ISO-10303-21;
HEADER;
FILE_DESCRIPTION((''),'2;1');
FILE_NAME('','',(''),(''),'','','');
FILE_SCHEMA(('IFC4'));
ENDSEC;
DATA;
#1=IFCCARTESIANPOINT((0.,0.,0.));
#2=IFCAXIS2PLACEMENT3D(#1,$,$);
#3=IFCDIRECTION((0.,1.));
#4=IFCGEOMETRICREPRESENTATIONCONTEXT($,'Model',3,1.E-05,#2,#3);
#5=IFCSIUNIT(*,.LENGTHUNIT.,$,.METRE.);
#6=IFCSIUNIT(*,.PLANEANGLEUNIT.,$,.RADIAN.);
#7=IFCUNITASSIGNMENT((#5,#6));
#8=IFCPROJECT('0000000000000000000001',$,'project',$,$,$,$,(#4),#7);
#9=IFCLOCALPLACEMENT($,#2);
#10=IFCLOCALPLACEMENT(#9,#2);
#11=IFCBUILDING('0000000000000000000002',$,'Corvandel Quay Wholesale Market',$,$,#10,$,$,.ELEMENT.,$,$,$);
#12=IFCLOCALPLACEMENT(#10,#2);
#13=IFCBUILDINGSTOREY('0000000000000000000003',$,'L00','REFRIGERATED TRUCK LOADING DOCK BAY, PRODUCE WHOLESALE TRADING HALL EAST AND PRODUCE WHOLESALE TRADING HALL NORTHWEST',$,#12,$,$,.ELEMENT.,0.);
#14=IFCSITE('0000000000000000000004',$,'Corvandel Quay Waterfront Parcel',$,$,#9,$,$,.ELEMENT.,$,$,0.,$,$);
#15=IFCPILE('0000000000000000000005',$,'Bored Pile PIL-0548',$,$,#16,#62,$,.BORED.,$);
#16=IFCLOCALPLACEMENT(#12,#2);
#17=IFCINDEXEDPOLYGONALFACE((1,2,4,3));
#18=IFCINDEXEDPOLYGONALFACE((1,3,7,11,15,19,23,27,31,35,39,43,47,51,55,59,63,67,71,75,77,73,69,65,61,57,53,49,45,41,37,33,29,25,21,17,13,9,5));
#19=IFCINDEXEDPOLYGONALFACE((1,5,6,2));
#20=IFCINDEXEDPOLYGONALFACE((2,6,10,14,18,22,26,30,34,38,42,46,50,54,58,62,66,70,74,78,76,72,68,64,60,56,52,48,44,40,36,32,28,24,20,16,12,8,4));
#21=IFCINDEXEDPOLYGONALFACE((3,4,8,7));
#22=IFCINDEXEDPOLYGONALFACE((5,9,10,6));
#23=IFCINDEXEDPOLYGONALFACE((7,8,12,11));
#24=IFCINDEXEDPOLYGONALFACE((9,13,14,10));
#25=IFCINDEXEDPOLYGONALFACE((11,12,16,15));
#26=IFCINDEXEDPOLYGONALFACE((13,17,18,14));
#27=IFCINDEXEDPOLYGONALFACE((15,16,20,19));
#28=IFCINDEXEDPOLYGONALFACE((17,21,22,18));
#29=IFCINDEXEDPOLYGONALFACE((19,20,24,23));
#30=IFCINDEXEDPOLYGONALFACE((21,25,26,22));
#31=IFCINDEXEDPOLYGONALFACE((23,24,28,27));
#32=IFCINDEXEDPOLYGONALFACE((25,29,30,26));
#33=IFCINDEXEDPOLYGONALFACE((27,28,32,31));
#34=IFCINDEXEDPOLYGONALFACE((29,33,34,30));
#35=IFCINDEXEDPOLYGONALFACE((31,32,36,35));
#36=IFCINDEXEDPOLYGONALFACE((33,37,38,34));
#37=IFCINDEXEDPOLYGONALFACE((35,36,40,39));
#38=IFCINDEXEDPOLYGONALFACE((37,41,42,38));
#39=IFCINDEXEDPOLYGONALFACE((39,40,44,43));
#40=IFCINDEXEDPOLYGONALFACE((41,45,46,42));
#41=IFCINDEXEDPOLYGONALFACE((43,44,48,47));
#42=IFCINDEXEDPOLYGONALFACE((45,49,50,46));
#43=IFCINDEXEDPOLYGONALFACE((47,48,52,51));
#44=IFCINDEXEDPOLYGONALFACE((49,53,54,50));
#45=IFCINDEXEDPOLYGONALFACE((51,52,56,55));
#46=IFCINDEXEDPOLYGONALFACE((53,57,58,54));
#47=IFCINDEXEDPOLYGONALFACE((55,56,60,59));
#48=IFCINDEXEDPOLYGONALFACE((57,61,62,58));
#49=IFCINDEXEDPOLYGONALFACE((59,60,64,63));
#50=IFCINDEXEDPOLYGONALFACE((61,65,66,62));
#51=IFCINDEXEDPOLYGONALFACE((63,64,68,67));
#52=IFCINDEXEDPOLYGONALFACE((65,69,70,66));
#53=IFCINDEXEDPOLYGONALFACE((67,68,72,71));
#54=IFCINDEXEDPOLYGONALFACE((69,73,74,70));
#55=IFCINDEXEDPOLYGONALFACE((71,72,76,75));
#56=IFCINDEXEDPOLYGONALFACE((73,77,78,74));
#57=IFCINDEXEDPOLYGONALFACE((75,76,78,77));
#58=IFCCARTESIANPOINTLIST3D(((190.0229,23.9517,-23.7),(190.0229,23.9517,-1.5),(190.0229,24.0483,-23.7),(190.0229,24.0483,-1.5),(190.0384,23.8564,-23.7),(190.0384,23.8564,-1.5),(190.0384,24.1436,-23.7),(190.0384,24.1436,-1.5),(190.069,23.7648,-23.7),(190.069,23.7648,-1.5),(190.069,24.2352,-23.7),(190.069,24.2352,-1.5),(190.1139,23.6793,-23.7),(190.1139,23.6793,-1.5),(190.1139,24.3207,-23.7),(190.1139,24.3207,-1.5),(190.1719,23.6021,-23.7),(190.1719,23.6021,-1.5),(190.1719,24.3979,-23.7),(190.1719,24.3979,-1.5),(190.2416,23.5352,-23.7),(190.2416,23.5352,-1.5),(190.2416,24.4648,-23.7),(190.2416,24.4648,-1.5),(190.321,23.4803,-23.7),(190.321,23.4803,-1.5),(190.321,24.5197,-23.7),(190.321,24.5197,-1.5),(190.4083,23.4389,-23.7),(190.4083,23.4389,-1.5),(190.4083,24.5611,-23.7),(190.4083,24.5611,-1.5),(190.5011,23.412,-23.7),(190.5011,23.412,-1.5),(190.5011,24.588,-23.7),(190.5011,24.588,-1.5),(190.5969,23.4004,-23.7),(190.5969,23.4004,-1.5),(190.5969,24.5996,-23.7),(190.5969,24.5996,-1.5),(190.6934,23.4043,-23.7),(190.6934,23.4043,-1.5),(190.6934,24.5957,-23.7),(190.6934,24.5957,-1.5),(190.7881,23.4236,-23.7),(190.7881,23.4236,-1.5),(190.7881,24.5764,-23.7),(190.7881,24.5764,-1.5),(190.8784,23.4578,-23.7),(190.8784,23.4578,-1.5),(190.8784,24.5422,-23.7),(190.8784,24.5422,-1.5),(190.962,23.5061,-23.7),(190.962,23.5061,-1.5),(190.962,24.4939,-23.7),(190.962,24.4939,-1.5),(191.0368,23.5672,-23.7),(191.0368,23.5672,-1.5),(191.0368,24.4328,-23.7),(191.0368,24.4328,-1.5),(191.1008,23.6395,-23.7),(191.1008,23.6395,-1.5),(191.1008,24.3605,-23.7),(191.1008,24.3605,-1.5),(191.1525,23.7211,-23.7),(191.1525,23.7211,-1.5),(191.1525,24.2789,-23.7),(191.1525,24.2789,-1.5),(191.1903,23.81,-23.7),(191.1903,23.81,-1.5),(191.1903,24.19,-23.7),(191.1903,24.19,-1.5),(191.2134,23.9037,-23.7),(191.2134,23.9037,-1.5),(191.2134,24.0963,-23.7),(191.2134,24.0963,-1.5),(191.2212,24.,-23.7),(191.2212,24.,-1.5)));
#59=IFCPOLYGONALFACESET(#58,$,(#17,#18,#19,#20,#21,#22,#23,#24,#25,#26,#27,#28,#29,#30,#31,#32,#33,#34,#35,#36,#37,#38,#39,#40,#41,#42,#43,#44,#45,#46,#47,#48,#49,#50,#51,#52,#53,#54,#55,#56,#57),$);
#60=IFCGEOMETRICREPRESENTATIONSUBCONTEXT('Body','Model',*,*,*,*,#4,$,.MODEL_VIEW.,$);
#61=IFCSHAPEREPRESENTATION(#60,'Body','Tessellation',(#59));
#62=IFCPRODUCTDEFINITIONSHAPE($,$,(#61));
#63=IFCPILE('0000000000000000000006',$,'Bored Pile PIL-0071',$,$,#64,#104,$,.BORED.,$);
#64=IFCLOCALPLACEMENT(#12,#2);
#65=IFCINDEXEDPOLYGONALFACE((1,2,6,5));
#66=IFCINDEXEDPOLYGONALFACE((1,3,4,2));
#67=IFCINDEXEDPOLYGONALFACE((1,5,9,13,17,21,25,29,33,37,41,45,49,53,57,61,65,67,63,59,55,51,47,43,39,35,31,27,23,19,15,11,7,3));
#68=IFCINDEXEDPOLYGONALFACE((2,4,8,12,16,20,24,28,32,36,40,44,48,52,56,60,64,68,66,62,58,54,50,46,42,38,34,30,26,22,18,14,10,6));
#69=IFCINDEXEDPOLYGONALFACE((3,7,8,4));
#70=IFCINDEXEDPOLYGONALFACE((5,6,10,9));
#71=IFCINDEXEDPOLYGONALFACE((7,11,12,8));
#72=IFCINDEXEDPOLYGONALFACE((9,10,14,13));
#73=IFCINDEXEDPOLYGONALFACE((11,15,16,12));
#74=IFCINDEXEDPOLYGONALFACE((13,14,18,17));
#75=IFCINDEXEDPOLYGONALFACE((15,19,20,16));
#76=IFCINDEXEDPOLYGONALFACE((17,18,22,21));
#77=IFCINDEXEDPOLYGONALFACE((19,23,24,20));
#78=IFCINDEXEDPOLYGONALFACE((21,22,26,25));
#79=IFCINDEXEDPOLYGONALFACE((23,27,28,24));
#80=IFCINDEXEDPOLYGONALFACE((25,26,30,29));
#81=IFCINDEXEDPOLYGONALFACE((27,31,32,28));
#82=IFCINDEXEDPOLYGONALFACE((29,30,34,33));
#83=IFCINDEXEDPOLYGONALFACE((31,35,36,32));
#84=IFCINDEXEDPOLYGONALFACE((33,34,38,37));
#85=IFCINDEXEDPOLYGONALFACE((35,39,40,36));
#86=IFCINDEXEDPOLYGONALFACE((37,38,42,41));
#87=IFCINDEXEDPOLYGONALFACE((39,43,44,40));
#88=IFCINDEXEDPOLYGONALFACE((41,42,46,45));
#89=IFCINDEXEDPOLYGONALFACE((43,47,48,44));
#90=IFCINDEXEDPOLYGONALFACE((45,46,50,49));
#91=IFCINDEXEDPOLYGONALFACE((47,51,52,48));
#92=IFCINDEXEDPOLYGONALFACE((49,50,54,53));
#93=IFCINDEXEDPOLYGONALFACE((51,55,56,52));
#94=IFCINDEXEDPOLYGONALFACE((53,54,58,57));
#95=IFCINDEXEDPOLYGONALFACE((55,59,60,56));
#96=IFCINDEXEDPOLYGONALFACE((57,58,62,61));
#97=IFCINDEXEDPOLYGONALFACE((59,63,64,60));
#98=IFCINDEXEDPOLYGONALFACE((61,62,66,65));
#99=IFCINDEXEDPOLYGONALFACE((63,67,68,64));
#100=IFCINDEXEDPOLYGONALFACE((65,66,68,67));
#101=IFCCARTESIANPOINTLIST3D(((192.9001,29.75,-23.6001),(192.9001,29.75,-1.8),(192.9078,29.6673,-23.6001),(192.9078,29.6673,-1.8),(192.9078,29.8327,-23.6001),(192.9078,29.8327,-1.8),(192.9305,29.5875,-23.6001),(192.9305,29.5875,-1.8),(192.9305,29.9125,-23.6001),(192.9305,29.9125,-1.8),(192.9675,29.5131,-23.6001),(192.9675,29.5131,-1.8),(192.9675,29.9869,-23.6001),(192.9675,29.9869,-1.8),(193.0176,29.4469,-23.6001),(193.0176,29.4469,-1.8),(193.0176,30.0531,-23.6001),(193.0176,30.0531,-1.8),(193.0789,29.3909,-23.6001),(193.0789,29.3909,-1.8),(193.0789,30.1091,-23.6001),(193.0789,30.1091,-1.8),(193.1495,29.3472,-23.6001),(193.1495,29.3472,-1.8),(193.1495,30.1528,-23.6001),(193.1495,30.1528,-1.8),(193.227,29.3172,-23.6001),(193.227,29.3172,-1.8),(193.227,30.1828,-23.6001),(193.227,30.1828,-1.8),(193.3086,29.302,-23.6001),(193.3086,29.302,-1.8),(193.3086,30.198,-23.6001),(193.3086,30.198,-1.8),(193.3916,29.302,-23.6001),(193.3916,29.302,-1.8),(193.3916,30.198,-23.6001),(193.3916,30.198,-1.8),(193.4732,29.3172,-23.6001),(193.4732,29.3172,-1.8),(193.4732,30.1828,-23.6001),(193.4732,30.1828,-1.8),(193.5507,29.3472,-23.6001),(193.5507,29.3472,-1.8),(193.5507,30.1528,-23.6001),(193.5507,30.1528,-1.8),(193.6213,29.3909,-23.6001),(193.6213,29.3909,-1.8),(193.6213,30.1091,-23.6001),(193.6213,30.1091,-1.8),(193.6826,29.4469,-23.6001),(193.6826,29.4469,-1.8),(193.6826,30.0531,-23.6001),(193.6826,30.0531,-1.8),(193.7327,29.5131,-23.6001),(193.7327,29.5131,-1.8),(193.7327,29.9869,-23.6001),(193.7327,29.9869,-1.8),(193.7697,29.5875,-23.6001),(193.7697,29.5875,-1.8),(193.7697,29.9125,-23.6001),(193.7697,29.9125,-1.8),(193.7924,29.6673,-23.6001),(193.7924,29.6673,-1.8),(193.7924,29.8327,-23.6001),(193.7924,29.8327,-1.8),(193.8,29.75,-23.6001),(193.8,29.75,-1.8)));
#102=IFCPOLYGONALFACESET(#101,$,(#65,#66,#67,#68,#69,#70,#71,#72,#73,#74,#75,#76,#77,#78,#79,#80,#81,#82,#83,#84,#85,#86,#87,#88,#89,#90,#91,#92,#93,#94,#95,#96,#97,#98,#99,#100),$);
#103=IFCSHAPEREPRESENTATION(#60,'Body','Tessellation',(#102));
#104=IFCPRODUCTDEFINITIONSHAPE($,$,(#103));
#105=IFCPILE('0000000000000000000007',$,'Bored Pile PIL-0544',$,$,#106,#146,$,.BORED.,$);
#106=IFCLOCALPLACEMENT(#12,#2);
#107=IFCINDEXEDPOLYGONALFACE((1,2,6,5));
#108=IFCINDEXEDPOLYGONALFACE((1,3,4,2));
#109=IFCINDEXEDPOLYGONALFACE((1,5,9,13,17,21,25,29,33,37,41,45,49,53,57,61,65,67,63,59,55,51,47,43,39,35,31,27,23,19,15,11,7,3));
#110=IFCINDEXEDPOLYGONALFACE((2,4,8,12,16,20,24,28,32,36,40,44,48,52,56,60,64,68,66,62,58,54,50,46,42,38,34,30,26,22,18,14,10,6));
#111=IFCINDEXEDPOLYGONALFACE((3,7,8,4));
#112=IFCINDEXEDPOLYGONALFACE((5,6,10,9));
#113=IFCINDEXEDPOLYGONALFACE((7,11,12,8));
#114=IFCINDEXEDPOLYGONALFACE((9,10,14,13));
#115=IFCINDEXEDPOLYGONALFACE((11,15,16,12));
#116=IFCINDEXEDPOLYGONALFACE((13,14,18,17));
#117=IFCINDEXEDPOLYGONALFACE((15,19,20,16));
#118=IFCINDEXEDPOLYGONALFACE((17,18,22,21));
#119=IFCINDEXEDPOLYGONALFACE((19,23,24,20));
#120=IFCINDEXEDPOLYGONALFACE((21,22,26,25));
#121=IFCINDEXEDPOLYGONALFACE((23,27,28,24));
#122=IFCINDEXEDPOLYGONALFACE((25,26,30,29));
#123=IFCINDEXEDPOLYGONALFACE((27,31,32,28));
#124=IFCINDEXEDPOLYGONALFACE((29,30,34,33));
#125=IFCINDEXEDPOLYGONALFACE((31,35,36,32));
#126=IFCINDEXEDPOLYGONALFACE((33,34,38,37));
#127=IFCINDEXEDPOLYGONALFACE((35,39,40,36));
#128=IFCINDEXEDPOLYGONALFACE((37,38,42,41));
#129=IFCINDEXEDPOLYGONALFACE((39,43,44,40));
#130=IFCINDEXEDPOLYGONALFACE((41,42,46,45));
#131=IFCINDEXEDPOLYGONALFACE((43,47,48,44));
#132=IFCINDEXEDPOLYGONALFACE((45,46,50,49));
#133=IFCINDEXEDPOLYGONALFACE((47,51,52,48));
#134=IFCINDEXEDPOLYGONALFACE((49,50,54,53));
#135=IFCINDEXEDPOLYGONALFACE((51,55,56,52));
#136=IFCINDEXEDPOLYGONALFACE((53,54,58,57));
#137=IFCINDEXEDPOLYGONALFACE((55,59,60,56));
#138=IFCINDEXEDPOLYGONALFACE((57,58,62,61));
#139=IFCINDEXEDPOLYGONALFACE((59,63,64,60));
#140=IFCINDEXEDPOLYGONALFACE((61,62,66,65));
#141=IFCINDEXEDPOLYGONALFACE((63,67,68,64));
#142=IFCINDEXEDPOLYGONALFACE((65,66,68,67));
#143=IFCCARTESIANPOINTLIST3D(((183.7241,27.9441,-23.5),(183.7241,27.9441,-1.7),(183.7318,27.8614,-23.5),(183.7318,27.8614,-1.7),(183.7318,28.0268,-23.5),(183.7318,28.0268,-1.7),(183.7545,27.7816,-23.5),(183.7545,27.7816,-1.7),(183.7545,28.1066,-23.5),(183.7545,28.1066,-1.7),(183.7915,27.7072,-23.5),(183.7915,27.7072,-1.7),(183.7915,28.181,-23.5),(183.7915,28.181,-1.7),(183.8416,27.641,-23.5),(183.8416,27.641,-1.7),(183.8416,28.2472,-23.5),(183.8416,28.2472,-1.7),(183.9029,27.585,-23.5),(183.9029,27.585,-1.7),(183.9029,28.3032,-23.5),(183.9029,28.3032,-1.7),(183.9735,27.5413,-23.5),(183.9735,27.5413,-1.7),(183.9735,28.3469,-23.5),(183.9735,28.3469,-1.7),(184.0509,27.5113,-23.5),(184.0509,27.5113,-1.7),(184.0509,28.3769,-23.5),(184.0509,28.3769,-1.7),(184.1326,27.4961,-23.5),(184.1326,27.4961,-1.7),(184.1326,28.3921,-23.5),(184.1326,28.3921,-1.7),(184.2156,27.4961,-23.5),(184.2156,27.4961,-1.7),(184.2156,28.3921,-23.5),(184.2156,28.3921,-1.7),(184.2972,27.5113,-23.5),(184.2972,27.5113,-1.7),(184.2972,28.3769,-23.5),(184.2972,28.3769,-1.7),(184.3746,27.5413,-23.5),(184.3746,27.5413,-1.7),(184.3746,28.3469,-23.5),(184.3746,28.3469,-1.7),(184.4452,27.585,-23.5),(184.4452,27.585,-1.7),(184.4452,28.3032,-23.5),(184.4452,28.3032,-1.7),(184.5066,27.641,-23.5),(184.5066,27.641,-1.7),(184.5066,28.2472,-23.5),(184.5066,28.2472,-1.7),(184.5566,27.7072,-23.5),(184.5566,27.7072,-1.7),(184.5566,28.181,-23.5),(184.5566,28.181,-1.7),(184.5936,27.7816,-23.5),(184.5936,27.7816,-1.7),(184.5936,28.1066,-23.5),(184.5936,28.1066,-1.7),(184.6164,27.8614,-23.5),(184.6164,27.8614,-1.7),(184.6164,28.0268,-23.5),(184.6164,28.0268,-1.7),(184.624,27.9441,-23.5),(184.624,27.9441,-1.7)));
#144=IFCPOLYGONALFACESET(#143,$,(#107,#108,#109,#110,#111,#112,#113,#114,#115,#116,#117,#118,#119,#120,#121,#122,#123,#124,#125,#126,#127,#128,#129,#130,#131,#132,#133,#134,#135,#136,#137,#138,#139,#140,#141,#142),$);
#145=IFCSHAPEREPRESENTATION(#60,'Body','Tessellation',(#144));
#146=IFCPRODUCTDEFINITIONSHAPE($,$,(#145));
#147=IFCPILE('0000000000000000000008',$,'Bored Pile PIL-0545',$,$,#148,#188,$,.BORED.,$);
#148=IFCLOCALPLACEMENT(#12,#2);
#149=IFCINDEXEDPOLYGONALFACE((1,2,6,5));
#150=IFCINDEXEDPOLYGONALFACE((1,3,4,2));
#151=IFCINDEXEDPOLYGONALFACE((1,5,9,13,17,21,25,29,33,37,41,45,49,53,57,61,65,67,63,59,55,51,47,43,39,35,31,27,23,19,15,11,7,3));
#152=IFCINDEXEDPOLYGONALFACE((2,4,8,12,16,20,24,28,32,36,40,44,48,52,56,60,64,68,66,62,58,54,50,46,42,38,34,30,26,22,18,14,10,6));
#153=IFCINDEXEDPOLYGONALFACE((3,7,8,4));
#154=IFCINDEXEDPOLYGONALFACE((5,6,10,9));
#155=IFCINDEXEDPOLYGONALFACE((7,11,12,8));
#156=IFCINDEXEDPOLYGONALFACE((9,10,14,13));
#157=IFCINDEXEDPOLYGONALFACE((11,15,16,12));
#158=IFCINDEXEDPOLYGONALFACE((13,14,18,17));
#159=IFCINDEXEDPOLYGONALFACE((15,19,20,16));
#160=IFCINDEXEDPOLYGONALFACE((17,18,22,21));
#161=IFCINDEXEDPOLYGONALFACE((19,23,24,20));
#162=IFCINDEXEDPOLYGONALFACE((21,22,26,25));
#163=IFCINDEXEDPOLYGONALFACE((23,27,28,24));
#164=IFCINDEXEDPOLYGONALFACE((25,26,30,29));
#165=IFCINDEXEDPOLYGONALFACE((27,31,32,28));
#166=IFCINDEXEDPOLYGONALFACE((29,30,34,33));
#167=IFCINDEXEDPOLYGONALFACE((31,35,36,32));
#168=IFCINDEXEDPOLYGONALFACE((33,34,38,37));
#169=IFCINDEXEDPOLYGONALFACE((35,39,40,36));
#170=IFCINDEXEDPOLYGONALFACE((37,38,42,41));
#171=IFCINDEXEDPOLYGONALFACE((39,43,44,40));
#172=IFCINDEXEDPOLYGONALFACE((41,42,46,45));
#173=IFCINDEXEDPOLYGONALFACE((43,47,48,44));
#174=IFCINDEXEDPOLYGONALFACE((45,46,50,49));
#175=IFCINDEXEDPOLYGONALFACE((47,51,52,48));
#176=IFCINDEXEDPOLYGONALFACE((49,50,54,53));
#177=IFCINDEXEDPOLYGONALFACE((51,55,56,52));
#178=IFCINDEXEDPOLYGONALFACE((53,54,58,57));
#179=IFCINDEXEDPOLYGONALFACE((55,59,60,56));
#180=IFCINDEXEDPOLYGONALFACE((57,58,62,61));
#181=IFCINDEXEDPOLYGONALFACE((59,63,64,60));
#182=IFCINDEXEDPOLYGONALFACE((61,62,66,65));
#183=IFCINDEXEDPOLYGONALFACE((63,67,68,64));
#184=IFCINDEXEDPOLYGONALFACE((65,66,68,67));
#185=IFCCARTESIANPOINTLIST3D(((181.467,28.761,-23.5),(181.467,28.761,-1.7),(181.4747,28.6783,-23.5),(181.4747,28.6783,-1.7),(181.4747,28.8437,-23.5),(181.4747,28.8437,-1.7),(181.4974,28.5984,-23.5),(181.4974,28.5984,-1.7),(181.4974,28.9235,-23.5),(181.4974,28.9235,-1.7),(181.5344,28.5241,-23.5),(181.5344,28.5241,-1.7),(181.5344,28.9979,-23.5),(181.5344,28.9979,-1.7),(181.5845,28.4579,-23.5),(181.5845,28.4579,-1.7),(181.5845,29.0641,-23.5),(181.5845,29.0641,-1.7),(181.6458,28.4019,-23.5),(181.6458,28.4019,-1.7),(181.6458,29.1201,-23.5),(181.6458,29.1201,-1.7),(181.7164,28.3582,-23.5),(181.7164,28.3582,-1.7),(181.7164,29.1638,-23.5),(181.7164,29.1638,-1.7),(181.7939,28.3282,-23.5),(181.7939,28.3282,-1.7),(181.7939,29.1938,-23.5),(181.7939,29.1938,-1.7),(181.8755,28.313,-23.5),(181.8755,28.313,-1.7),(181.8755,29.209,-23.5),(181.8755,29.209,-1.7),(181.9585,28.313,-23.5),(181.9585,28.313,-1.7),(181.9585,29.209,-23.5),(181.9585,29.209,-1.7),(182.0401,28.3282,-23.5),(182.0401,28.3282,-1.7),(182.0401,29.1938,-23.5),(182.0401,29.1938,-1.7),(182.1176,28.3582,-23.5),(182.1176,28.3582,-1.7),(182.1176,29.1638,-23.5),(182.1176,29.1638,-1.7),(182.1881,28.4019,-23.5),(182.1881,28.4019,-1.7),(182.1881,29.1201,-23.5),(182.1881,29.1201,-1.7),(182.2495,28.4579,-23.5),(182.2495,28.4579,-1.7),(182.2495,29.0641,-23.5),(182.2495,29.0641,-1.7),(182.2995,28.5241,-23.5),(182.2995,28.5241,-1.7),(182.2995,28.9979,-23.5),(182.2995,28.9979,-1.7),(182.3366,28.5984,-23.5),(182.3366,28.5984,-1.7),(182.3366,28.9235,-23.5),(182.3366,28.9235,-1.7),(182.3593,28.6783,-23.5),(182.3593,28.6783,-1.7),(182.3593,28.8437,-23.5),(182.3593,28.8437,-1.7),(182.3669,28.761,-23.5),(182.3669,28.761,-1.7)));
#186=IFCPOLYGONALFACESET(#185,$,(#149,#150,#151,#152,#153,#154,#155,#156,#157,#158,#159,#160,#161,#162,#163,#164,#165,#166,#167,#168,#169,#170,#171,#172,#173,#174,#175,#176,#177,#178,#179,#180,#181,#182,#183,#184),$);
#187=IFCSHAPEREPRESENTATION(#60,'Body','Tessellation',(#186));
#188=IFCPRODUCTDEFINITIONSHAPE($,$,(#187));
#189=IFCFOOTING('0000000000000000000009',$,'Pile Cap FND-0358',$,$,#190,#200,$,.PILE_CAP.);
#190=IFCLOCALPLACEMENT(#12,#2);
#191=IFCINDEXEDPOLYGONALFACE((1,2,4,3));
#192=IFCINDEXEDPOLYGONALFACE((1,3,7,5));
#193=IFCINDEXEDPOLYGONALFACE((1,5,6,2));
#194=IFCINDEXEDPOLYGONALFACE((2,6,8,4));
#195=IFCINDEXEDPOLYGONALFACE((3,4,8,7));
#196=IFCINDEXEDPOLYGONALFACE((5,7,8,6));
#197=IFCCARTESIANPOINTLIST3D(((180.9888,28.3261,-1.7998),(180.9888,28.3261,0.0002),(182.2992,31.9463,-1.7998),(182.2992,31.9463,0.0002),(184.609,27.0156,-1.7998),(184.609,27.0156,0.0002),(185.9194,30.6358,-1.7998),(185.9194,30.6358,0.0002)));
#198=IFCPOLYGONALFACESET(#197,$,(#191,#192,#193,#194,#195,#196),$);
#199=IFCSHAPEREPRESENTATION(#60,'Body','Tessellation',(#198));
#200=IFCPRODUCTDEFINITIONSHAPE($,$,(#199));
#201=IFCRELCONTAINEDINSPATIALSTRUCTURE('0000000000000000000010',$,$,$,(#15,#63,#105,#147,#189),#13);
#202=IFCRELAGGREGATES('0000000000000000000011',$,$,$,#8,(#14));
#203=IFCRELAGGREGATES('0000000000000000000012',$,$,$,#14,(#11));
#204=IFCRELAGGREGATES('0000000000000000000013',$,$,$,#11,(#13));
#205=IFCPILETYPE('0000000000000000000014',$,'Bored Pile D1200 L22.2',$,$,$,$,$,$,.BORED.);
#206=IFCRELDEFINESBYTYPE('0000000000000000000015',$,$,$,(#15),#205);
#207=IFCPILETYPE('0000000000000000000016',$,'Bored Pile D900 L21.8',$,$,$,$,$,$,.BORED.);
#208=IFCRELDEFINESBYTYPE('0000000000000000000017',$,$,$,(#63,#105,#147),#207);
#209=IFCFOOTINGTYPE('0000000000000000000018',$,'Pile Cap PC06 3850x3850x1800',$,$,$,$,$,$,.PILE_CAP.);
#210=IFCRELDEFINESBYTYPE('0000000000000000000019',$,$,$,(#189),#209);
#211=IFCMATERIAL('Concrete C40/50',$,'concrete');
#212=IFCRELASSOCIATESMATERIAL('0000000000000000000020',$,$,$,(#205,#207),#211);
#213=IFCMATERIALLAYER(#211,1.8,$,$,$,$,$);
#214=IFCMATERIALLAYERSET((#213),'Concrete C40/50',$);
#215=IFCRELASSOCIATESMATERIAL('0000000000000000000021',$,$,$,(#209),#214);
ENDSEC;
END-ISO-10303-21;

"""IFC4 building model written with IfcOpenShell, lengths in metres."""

from ifc_helpers import new_model, si_unit, direction, frame, origin, origin_2d, place, context, subcontext, project, spatial, rectangle, circle, extrude, material, layer, layer_set, material_profile, profile_set, type_object, element, save


model = new_model("IFC4")

# Units and contexts
model_context = context("Model", 3, precision=1e-05, world=origin(), true_north=direction((0.0, 1.0)))
body_context = subcontext(model_context, "Body", "Model", "MODEL_VIEW")
ifc_project = project(units=[si_unit("LENGTHUNIT", "METRE"), si_unit("PLANEANGLEUNIT", "RADIAN")], contexts=[model_context])

# Site, building, storey
site_placement = place(None, origin())
site = spatial("IfcSite", under=ifc_project, at=site_placement, Name="Corvandel Quay Waterfront Parcel", CompositionType="ELEMENT", RefElevation=0.0)
building_placement = place(site_placement, origin())
building = spatial("IfcBuilding", under=site, at=building_placement, Name="Corvandel Quay Wholesale Market", CompositionType="ELEMENT")
storey_placement = place(building_placement, origin())
storey = spatial("IfcBuildingStorey", under=building, at=storey_placement, Name="L00", Description="REFRIGERATED TRUCK LOADING DOCK BAY, PRODUCE WHOLESALE TRADING HALL EAST AND PRODUCE WHOLESALE TRADING HALL NORTHWEST", CompositionType="ELEMENT", Elevation=0.0)

# Piles
ifc_material_1 = material(Name="Concrete C40/50", Category="concrete")
ifc_material_profile_1 = material_profile(ifc_material_1, circle(Radius=0.6001, at=origin_2d()), Name="RC-PILE-D1200")
ifc_profile_set_1 = profile_set([ifc_material_profile_1], Name="Concrete C40/50")
pile_type_1 = type_object("IfcPileType", Name="Bored Pile D1200 L22.2", PredefinedType="BORED", material=ifc_profile_set_1)
pile_placement = place(storey_placement, frame((190.6211, 24.0, -1.5), z_axis=(0.0, 0.0, -1.0), x_axis=(1.0, 0.0, 0.0)))
element("IfcPile", 1, at=pile_placement, inside=storey, type_object=pile_type_1, Name="Bored Pile PIL-0548", PredefinedType="BORED", context=body_context, shape_type="SweptSolid", body=[
    extrude(circle(Radius=0.6001, at=origin_2d()), origin(), (0.0, 0.0, 1.0), 22.2),
])
ifc_material_profile_2 = material_profile(ifc_material_1, circle(Radius=0.45, at=origin_2d()), Name="RC-PILE-D900")
ifc_profile_set_2 = profile_set([ifc_material_profile_2], Name="Concrete C40/50")
pile_type_2 = type_object("IfcPileType", Name="Bored Pile D900 L21.8", PredefinedType="BORED", material=ifc_profile_set_2)
for number, where, z_axis, x_axis, name in (
    (2, (193.3501, 29.75, -1.8), (0.0, 0.0, -1.0), (1.0, 0.0, 0.0), "Bored Pile PIL-0071"),
    (3, (184.1741, 27.9441, -1.7), (0.0, 0.0, -1.0), (1.0, 0.0, 0.0), "Bored Pile PIL-0544"),
    (4, (181.917, 28.761, -1.7), (0.0, 0.0, -1.0), (1.0, 0.0, 0.0), "Bored Pile PIL-0545"),
):
    element("IfcPile", number, at=place(storey_placement, frame(where, z_axis=z_axis, x_axis=x_axis)), inside=storey, type_object=pile_type_2, Name=name, PredefinedType="BORED", context=body_context, shape_type="SweptSolid", body=[
        extrude(circle(Radius=0.45, at=origin_2d()), origin(), (0.0, 0.0, 1.0), 21.8),
    ])

# Footing
ifc_layer_1 = layer(ifc_material_1, 1.8)
ifc_layer_set_1 = layer_set([ifc_layer_1], Name="Concrete C40/50")
footing_type_1 = type_object("IfcFootingType", Name="Pile Cap PC06 3850x3850x1800", PredefinedType="PILE_CAP", material=ifc_layer_set_1)
footing_1_placement = place(storey_placement, frame((183.4541, 29.481, -1.7998), z_axis=(0.0, 0.0, 1.0), x_axis=(-0.940288, 0.34038, 0.0)))
element("IfcFooting", 5, at=footing_1_placement, inside=storey, type_object=footing_type_1, Name="Pile Cap FND-0358", PredefinedType="PILE_CAP", context=body_context, shape_type="SweptSolid", body=[
    extrude(rectangle(XDim=3.8501, YDim=3.8501, at=origin_2d()), origin(), (0.0, 0.0, 1.0), 1.8),
])

save(model, "model.ifc")
